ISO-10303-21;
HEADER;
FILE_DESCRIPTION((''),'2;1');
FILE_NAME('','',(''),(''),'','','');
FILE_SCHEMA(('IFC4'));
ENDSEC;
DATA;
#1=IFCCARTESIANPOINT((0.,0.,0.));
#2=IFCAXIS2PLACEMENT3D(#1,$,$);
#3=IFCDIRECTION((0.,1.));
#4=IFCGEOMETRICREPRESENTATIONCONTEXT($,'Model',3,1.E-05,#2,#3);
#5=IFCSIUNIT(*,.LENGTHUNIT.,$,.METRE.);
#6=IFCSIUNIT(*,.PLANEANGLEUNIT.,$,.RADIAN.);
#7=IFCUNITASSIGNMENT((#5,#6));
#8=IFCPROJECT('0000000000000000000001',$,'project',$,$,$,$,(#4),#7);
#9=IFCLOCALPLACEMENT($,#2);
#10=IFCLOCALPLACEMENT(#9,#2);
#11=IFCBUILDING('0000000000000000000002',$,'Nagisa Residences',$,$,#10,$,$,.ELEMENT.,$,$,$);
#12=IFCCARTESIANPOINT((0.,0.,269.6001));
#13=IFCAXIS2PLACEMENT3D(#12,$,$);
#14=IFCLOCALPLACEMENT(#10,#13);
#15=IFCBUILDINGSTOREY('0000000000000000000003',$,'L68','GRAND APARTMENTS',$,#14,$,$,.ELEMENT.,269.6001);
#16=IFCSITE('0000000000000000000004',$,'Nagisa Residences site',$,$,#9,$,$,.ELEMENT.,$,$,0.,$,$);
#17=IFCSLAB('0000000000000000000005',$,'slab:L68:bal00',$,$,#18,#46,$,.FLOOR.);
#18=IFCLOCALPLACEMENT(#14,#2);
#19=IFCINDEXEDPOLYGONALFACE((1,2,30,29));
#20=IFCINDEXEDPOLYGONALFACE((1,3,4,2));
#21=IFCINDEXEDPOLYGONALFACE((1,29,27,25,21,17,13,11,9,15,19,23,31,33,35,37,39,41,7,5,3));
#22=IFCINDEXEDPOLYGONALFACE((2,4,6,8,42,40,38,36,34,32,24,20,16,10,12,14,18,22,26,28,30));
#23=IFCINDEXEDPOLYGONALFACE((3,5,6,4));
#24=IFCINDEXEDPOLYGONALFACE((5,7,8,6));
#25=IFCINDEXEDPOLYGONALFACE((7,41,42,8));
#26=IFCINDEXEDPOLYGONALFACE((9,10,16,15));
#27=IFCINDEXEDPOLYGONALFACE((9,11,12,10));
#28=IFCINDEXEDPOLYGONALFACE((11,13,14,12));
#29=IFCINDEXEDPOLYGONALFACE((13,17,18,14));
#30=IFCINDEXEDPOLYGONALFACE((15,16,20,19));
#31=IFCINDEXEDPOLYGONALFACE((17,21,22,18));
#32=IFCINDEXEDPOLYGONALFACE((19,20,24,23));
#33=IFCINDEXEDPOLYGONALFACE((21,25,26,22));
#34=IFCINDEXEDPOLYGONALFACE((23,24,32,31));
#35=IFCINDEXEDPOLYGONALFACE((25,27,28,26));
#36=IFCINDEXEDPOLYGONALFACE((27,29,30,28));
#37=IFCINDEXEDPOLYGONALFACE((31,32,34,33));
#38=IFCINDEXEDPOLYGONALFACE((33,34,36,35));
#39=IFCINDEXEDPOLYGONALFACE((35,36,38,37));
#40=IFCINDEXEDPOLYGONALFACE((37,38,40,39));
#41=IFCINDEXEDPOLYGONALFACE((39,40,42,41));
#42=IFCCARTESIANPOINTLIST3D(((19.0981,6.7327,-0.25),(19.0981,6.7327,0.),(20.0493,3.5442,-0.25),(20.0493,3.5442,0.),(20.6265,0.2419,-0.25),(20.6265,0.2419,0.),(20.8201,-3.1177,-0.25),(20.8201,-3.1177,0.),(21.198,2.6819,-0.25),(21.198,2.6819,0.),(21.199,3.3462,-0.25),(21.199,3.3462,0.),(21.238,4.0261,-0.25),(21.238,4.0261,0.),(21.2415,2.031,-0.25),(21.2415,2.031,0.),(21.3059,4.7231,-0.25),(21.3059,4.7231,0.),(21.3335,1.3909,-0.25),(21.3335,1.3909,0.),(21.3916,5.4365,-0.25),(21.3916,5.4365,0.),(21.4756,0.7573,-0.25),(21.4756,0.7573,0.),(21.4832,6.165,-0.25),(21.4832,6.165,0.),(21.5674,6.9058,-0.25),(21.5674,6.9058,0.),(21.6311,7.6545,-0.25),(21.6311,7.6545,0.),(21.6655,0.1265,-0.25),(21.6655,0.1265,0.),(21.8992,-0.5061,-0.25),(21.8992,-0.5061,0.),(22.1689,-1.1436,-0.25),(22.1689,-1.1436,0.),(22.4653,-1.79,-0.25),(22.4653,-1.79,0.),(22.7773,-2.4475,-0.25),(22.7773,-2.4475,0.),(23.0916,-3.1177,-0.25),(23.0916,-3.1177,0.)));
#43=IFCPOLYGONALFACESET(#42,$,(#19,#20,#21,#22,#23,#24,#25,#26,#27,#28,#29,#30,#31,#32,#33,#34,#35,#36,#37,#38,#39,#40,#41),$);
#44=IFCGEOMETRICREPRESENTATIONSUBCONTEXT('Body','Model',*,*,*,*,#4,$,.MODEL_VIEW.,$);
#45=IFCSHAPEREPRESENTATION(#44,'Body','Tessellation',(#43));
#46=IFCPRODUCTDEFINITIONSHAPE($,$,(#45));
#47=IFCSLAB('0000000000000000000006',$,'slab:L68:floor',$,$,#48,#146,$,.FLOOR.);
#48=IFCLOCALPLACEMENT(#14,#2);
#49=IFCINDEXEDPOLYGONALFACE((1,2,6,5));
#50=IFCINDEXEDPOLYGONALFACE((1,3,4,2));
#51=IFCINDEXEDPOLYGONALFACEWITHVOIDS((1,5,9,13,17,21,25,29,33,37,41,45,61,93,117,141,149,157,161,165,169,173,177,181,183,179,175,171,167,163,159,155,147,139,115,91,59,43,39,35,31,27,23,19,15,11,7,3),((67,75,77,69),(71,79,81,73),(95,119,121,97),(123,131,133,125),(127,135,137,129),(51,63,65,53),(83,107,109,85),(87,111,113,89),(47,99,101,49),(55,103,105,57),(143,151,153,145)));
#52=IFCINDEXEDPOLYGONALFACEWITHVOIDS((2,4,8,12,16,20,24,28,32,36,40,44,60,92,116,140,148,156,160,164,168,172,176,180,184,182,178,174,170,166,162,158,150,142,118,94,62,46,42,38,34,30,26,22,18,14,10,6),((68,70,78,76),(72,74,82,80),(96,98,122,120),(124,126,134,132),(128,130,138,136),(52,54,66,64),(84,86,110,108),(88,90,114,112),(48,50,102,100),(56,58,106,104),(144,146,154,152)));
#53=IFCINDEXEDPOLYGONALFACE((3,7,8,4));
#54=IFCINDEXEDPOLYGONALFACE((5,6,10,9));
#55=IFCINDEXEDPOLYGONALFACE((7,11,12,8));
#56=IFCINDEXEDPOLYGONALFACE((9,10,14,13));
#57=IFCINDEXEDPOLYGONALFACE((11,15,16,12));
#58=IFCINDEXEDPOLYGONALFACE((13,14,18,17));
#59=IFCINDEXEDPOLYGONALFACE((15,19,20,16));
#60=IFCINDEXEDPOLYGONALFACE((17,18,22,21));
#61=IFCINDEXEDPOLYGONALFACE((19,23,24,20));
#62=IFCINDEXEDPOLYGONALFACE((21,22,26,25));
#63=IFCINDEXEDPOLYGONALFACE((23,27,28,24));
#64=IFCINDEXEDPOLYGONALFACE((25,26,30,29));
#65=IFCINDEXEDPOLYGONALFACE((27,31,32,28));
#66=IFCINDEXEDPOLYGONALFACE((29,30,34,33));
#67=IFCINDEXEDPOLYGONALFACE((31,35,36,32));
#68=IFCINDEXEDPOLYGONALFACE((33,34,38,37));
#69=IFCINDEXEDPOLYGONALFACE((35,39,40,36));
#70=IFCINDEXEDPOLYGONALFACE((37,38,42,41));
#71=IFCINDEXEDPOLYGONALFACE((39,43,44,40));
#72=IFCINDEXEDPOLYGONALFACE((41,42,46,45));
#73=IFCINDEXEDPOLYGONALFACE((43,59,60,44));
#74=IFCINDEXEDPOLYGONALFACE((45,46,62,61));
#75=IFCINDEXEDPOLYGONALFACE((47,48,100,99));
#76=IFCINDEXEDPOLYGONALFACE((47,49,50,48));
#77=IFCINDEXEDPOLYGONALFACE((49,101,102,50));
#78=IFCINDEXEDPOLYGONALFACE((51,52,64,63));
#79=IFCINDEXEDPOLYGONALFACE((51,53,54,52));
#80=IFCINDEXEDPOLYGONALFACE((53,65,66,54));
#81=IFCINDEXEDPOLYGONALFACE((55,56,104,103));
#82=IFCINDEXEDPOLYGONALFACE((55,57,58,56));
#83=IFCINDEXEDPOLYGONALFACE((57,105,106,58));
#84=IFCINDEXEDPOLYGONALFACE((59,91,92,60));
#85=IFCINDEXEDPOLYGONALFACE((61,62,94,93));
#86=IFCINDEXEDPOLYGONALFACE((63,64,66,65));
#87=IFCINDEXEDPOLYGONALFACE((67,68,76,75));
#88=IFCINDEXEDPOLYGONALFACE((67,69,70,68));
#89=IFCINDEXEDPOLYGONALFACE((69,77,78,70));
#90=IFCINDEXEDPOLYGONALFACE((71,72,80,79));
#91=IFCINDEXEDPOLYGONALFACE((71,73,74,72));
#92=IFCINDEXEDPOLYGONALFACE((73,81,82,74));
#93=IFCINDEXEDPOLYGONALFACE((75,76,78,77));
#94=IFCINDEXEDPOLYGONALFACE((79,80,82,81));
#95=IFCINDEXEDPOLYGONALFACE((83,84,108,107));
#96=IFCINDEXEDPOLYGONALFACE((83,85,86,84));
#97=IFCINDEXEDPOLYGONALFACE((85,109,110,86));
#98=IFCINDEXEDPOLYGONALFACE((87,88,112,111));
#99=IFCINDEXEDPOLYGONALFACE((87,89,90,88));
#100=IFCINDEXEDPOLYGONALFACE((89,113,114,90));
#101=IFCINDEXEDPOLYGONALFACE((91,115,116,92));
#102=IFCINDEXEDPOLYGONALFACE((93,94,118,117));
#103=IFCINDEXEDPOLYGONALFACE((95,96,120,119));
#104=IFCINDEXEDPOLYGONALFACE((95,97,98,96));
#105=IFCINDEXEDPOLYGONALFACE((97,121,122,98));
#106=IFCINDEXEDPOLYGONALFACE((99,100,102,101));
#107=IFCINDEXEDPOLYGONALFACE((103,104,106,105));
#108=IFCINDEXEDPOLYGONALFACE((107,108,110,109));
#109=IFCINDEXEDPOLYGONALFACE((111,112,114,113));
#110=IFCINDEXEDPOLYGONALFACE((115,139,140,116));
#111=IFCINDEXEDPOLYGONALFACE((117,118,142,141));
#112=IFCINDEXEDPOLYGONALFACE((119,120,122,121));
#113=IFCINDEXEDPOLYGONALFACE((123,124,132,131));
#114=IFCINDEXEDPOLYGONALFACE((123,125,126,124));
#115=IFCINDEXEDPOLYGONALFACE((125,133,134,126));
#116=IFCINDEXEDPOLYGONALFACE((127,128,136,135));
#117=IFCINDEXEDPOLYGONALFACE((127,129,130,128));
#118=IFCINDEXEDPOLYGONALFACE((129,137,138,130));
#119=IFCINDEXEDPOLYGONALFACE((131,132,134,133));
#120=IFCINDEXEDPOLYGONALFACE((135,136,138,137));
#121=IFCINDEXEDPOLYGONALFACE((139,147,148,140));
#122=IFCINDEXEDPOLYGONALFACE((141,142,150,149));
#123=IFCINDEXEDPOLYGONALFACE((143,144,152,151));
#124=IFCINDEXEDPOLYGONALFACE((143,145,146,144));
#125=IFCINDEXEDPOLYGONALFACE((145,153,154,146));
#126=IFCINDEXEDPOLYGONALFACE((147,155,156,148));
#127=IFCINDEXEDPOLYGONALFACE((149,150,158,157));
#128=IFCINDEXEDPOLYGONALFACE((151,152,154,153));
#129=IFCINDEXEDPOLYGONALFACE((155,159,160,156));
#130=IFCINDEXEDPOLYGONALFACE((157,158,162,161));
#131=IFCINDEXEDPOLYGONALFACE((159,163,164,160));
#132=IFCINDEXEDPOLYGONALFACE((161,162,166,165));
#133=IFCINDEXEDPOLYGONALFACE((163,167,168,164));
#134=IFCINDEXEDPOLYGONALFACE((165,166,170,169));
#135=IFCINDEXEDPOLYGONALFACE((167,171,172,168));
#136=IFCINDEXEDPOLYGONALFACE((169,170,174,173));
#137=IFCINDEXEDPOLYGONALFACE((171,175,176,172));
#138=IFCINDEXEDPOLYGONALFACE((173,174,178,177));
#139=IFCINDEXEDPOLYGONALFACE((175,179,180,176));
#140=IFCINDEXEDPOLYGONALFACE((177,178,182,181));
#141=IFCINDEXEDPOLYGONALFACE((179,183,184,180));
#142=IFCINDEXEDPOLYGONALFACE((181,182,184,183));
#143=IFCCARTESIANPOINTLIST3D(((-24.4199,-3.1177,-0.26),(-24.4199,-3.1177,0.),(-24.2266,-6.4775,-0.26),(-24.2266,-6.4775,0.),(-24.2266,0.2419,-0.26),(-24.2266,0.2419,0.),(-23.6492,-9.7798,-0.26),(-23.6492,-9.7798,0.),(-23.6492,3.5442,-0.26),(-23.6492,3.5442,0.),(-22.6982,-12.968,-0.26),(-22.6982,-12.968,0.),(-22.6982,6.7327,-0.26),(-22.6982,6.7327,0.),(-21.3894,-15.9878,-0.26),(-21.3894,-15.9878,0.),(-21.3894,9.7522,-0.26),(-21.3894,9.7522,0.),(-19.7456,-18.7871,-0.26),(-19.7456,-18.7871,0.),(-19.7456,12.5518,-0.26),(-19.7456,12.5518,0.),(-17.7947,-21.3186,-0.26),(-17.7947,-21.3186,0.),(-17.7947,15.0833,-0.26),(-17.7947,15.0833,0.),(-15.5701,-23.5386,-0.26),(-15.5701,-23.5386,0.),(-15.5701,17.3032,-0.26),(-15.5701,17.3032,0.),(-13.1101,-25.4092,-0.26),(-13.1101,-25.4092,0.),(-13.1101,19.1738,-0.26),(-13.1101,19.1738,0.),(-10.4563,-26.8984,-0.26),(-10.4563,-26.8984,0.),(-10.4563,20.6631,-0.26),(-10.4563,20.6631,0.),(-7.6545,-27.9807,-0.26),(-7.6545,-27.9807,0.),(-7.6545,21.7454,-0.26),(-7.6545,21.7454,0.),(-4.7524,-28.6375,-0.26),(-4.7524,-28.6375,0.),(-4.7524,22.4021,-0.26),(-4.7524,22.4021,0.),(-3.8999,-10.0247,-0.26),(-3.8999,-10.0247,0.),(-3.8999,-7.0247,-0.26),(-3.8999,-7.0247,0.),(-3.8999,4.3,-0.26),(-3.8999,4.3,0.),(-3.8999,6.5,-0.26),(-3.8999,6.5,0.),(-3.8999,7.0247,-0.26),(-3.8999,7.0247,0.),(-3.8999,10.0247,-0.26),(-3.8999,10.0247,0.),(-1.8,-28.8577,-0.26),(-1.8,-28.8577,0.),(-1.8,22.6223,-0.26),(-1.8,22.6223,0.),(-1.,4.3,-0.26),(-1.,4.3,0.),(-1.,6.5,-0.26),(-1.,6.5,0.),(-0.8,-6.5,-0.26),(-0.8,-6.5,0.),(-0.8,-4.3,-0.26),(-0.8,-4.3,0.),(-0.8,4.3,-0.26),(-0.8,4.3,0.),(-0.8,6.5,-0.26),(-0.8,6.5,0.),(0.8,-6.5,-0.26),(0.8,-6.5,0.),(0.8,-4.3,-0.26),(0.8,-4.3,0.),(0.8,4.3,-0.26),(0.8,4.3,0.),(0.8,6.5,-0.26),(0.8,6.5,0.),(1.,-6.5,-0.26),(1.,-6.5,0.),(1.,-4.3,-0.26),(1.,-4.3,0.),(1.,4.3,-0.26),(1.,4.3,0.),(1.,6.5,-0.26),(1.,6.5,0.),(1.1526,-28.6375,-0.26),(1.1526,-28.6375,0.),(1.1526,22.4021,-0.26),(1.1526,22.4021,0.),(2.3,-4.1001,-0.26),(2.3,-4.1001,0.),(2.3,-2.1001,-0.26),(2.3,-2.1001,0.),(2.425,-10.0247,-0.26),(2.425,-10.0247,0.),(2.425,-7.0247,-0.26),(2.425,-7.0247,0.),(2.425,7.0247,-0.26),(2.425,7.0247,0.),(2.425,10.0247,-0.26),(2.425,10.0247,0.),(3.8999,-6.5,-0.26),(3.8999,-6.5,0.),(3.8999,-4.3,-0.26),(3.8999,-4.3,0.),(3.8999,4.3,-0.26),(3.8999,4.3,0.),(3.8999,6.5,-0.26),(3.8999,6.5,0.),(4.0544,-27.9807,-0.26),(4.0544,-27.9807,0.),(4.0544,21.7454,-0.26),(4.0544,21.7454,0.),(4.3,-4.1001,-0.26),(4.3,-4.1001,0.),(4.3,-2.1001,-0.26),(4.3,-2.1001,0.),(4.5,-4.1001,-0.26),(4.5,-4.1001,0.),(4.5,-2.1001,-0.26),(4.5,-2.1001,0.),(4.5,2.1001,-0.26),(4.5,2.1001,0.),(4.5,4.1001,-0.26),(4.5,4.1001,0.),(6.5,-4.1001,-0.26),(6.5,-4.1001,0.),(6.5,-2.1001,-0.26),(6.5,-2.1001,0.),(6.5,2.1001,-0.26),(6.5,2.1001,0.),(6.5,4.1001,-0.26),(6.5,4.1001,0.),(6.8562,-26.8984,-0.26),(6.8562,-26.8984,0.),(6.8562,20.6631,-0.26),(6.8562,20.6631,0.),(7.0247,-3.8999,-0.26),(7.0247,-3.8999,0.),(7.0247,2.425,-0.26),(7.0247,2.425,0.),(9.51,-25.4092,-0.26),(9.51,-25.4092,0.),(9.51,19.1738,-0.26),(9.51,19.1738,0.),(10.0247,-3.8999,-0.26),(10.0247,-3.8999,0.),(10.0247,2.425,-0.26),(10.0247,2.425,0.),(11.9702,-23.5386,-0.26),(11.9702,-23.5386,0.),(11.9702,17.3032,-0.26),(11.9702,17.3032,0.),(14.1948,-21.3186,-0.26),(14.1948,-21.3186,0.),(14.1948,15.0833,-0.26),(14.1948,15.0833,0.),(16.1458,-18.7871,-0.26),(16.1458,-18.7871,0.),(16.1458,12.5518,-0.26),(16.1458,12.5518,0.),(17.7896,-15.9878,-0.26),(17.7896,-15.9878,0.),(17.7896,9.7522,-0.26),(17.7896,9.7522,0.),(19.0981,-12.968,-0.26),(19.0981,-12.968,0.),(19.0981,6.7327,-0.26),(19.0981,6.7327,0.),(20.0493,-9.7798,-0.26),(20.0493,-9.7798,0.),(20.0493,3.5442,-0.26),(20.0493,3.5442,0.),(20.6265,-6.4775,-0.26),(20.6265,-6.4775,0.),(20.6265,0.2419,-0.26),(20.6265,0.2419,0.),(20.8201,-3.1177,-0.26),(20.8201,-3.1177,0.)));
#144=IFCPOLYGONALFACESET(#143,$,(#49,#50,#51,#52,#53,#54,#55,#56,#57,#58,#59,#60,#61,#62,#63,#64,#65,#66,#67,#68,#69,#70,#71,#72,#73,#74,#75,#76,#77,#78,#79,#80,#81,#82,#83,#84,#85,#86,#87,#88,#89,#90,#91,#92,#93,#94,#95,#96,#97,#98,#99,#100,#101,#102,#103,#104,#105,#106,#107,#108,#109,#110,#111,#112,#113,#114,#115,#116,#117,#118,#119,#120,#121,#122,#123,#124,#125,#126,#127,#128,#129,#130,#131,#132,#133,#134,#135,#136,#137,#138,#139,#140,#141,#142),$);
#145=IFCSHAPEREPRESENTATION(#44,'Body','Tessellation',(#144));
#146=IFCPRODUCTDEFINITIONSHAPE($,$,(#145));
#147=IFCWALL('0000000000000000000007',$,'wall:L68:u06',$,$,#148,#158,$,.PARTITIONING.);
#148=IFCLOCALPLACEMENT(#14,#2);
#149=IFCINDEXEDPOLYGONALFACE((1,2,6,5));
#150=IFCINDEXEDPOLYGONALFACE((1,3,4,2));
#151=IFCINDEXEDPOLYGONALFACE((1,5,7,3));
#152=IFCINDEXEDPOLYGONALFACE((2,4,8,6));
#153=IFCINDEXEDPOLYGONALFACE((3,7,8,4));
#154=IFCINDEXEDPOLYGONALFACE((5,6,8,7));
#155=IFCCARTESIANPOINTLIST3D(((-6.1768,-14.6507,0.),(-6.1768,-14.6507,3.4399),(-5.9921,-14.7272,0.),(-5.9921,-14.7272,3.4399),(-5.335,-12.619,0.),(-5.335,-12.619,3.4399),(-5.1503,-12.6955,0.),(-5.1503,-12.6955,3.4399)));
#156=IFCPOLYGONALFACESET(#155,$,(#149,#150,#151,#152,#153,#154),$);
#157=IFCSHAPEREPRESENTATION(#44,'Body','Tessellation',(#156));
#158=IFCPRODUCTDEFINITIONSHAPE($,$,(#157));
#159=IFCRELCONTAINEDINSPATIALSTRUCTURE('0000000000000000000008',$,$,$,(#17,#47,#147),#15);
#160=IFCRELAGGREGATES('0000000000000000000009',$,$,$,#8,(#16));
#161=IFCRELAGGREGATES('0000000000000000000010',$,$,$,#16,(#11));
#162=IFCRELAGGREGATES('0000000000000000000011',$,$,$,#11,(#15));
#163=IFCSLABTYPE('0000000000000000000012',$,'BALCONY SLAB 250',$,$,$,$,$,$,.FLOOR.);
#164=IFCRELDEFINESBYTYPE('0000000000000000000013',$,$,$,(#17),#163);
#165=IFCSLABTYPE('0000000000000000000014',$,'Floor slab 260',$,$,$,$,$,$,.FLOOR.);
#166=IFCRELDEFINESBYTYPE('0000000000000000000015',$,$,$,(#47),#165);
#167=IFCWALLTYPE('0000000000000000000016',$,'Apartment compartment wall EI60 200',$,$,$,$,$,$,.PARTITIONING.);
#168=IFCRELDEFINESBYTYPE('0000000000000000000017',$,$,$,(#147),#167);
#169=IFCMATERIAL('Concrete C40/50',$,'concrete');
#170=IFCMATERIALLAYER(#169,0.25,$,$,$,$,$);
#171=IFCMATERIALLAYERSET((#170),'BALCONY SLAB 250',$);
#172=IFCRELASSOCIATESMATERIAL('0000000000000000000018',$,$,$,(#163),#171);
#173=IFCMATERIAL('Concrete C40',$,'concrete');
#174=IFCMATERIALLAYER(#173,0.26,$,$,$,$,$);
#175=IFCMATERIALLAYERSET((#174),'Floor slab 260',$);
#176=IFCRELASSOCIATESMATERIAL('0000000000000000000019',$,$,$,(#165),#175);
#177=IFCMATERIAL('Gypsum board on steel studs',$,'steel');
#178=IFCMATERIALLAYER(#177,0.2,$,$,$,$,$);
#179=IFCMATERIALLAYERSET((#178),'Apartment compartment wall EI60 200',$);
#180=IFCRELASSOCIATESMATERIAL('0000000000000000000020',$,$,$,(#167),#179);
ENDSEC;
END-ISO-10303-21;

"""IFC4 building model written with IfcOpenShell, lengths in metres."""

from ifc_helpers import new_model, si_unit, direction, frame, frame_2d, origin, place, context, subcontext, project, spatial, polyline, rectangle, outline, extrude, material, layer, layer_set, type_object, element, save


model = new_model("IFC4")

# Units and contexts
model_context = context("Model", 3, precision=1e-05, world=origin(), true_north=direction((0.0, 1.0)))
body_context = subcontext(model_context, "Body", "Model", "MODEL_VIEW")
ifc_project = project(units=[si_unit("LENGTHUNIT", "METRE"), si_unit("PLANEANGLEUNIT", "RADIAN")], contexts=[model_context])

# Site, building, storey
site_placement = place(None, origin())
site = spatial("IfcSite", under=ifc_project, at=site_placement, Name="Nagisa Residences site", CompositionType="ELEMENT", RefElevation=0.0)
building_placement = place(site_placement, origin())
building = spatial("IfcBuilding", under=site, at=building_placement, Name="Nagisa Residences", CompositionType="ELEMENT")
storey_placement = place(building_placement, frame((0.0, 0.0, 269.6001)))
storey = spatial("IfcBuildingStorey", under=building, at=storey_placement, Name="L68", Description="GRAND APARTMENTS", CompositionType="ELEMENT", Elevation=269.6001)

# Slabs
ifc_material_1 = material(Name="Concrete C40/50", Category="concrete")
ifc_layer_1 = layer(ifc_material_1, 0.25)
ifc_layer_set_1 = layer_set([ifc_layer_1], Name="BALCONY SLAB 250")
slab_type_1 = type_object("IfcSlabType", Name="BALCONY SLAB 250", PredefinedType="FLOOR", material=ifc_layer_set_1)
slab_1_placement = place(storey_placement, frame((0.0, 0.0, -0.25)))
element("IfcSlab", 1, at=slab_1_placement, inside=storey, type_object=slab_type_1, Name="slab:L68:bal00", PredefinedType="FLOOR", context=body_context, shape_type="SweptSolid", body=[
    extrude(outline(polyline([(23.0916, -3.1177), (22.7773, -2.4475), (22.4653, -1.79), (22.1689, -1.1436), (21.8992, -0.5061), (21.6655, 0.1265), (21.4756, 0.7573), (21.3335, 1.3909), (21.2415, 2.031), (21.198, 2.6819), (21.199, 3.3462), (21.238, 4.0261), (21.3059, 4.7231), (21.3916, 5.4365), (21.4832, 6.165), (21.5674, 6.9058), (21.6311, 7.6545), (19.0981, 6.7327), (20.0493, 3.5442), (20.6265, 0.2419), (20.8201, -3.1177), (23.0916, -3.1177)])), origin(), (0.0, 0.0, 1.0), 0.25),
])
ifc_material_2 = material(Name="Concrete C40", Category="concrete")
ifc_layer_2 = layer(ifc_material_2, 0.26)
ifc_layer_set_2 = layer_set([ifc_layer_2], Name="Floor slab 260")
slab_type_2 = type_object("IfcSlabType", Name="Floor slab 260", PredefinedType="FLOOR", material=ifc_layer_set_2)
slab_2_placement = place(storey_placement, frame((0.0, 0.0, -0.26)))
element("IfcSlab", 2, at=slab_2_placement, inside=storey, type_object=slab_type_2, Name="slab:L68:floor", PredefinedType="FLOOR", context=body_context, shape_type="SweptSolid", body=[
    extrude(outline(polyline([(20.8201, -3.1177), (20.6265, 0.2419), (20.0493, 3.5442), (19.0981, 6.7327), (17.7896, 9.7522), (16.1458, 12.5518), (14.1948, 15.0833), (11.9702, 17.3032), (9.51, 19.1738), (6.8562, 20.6631), (4.0544, 21.7454), (1.1526, 22.4021), (-1.8, 22.6223), (-4.7524, 22.4021), (-7.6545, 21.7454), (-10.4563, 20.6631), (-13.1101, 19.1738), (-15.5701, 17.3032), (-17.7947, 15.0833), (-19.7456, 12.5518), (-21.3894, 9.7522), (-22.6982, 6.7327), (-23.6492, 3.5442), (-24.2266, 0.2419), (-24.4199, -3.1177), (-24.2266, -6.4775), (-23.6492, -9.7798), (-22.6982, -12.968), (-21.3894, -15.9878), (-19.7456, -18.7871), (-17.7947, -21.3186), (-15.5701, -23.5386), (-13.1101, -25.4092), (-10.4563, -26.8984), (-7.6545, -27.9807), (-4.7524, -28.6375), (-1.8, -28.8577), (1.1526, -28.6375), (4.0544, -27.9807), (6.8562, -26.8984), (9.51, -25.4092), (11.9702, -23.5386), (14.1948, -21.3186), (16.1458, -18.7871), (17.7896, -15.9878), (19.0981, -12.968), (20.0493, -9.7798), (20.6265, -6.4775), (20.8201, -3.1177)]), holes=[polyline([(6.5, 2.1001), (6.5, 4.1001), (4.5, 4.1001), (4.5, 2.1001), (6.5, 2.1001)]), polyline([(4.3, -4.1001), (4.3, -2.1001), (2.3, -2.1001), (2.3, -4.1001), (4.3, -4.1001)]), polyline([(6.5, -4.1001), (6.5, -2.1001), (4.5, -2.1001), (4.5, -4.1001), (6.5, -4.1001)]), polyline([(3.8999, 4.3), (3.8999, 6.5), (1.0, 6.5), (1.0, 4.3), (3.8999, 4.3)]), polyline([(3.8999, -6.5), (3.8999, -4.3), (1.0, -4.3), (1.0, -6.5), (3.8999, -6.5)]), polyline([(-1.0, 4.3), (-1.0, 6.5), (-3.8999, 6.5), (-3.8999, 4.3), (-1.0, 4.3)]), polyline([(0.8, 4.3), (0.8, 6.5), (-0.8, 6.5), (-0.8, 4.3), (0.8, 4.3)]), polyline([(0.8, -6.5), (0.8, -4.3), (-0.8, -4.3), (-0.8, -6.5), (0.8, -6.5)]), polyline([(10.0247, -3.8999), (7.0247, -3.8999), (7.0247, 2.425), (10.0247, 2.425), (10.0247, -3.8999)]), polyline([(-3.8999, 7.0247), (-3.8999, 10.0247), (2.425, 10.0247), (2.425, 7.0247), (-3.8999, 7.0247)]), polyline([(-3.8999, -10.0247), (-3.8999, -7.0247), (2.425, -7.0247), (2.425, -10.0247), (-3.8999, -10.0247)])]), origin(), (0.0, 0.0, 1.0), 0.26),
])

# Wall
ifc_material_3 = material(Name="Gypsum board on steel studs", Category="steel")
ifc_layer_3 = layer(ifc_material_3, 0.2)
ifc_layer_set_3 = layer_set([ifc_layer_3], Name="Apartment compartment wall EI60 200")
wall_type_1 = type_object("IfcWallType", Name="Apartment compartment wall EI60 200", PredefinedType="PARTITIONING", material=ifc_layer_set_3)
wall_1_placement = place(storey_placement, frame((-5.2427, -12.6572, 0.0), z_axis=(0.0, 0.0, 1.0), x_axis=(-0.38277, -0.923844, 0.0)))
element("IfcWall", 3, at=wall_1_placement, inside=storey, type_object=wall_type_1, Name="wall:L68:u06", PredefinedType="PARTITIONING", context=body_context, shape_type="SweptSolid", body=[
    extrude(rectangle(XDim=2.1992, YDim=0.2, at=frame_2d((1.0996, 0.0))), origin(), (0.0, 0.0, 1.0), 3.4399),
])

save(model, "model.ifc")
